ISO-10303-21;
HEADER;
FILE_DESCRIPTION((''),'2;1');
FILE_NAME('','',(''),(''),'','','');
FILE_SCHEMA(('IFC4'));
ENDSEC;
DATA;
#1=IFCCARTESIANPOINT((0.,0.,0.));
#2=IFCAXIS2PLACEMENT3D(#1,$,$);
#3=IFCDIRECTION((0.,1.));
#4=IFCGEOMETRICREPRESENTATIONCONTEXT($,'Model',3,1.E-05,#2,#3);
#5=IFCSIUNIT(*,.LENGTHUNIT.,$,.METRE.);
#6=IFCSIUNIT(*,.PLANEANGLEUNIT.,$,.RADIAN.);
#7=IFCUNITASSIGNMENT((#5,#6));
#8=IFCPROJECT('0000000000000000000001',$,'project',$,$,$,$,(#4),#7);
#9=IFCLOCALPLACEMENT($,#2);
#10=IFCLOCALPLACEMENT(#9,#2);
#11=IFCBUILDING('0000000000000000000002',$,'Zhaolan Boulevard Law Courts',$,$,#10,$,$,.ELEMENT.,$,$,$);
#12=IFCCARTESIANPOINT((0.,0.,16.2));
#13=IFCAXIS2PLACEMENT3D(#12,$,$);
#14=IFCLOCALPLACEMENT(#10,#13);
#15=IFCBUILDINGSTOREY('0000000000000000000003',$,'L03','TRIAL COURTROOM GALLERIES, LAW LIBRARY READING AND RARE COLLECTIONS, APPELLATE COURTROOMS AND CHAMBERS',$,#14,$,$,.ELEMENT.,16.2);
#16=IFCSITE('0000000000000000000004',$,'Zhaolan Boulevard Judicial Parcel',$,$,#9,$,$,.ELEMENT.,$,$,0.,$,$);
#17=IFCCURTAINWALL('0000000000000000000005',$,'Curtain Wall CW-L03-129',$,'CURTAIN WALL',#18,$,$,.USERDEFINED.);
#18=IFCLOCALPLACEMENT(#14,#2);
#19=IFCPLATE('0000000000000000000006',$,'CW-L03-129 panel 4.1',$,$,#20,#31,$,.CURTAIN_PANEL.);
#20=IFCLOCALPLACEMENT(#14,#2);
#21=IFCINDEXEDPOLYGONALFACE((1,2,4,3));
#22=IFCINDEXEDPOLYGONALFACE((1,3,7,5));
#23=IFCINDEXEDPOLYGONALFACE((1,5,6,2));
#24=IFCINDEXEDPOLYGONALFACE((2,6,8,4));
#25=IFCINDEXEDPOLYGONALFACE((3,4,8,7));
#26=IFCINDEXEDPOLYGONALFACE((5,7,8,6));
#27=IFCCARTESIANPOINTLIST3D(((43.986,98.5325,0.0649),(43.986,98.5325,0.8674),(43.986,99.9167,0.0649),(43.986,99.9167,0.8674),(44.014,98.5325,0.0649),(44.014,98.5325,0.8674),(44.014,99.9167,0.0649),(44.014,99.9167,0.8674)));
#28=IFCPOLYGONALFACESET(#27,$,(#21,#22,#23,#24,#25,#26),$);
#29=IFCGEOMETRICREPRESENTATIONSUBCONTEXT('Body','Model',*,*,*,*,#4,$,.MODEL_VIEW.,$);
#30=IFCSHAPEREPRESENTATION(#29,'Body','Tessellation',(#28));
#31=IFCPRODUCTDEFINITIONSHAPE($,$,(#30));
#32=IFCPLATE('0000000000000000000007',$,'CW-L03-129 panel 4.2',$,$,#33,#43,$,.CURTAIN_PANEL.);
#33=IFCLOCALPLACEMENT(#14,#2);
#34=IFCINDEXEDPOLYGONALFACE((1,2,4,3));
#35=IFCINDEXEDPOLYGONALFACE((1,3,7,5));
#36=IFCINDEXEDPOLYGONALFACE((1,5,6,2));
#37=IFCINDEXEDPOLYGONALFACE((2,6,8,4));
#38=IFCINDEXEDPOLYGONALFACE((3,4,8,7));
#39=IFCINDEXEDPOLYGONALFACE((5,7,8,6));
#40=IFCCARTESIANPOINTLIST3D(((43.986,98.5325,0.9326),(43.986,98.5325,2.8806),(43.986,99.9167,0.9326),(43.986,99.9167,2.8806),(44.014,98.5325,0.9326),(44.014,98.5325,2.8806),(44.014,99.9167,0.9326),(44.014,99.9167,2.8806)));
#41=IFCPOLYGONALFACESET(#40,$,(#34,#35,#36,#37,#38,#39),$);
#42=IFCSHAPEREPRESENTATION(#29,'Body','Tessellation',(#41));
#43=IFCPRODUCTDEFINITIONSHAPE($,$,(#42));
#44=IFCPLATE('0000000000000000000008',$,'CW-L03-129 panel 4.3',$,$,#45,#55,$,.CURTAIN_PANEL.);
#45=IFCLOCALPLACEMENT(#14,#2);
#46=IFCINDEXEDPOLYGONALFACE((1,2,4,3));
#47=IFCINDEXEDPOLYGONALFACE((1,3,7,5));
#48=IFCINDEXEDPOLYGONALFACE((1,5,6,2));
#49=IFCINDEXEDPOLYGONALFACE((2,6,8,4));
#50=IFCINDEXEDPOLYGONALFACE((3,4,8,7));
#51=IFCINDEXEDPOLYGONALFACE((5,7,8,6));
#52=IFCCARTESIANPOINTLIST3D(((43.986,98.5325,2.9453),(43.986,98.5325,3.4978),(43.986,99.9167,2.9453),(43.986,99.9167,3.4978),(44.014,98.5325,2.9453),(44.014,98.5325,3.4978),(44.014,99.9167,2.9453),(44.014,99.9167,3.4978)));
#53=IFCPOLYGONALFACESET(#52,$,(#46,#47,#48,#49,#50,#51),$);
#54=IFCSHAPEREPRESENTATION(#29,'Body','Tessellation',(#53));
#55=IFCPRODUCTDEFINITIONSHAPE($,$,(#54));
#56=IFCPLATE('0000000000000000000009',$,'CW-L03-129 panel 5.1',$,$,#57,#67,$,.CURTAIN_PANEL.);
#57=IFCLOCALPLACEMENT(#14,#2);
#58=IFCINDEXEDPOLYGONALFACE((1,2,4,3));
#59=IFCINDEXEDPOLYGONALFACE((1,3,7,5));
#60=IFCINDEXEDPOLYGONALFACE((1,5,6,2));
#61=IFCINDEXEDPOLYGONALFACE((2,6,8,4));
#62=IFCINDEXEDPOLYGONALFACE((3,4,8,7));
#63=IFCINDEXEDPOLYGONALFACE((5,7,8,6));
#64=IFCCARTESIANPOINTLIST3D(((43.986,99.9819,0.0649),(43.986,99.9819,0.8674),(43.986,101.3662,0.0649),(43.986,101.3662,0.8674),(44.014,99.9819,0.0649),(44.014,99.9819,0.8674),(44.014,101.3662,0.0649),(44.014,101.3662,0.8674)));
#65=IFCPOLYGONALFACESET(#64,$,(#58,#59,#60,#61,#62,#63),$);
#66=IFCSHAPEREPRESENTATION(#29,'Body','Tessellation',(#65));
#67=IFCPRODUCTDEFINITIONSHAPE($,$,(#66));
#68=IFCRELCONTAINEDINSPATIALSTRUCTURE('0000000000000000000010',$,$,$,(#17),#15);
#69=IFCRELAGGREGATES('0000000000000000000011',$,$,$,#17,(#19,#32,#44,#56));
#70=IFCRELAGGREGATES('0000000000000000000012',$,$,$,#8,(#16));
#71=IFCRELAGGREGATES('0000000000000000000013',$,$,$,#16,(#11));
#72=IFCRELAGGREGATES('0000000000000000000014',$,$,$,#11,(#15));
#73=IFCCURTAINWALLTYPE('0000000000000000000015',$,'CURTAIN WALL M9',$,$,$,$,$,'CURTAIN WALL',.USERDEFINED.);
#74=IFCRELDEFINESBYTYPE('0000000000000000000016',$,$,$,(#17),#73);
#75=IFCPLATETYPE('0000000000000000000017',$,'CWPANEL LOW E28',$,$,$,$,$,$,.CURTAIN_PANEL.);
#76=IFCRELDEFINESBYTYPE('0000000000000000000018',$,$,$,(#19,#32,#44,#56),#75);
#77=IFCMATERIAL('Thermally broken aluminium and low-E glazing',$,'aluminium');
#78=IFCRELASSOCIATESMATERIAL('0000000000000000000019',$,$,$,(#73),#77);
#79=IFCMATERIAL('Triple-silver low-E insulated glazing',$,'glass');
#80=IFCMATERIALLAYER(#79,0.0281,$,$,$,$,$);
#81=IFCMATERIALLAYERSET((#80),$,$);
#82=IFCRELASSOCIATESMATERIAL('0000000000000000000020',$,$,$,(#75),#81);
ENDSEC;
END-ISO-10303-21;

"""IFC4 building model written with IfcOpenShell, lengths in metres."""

from ifc_helpers import new_model, si_unit, direction, frame, origin, origin_2d, place, context, subcontext, project, spatial, rectangle, extrude, material, layer, layer_set, type_object, element, aggregate, save


model = new_model("IFC4")

# Units and contexts
model_context = context("Model", 3, precision=1e-05, world=origin(), true_north=direction((0.0, 1.0)))
body_context = subcontext(model_context, "Body", "Model", "MODEL_VIEW")
ifc_project = project(units=[si_unit("LENGTHUNIT", "METRE"), si_unit("PLANEANGLEUNIT", "RADIAN")], contexts=[model_context])

# Site, building, storey
site_placement = place(None, origin())
site = spatial("IfcSite", under=ifc_project, at=site_placement, Name="Zhaolan Boulevard Judicial Parcel", CompositionType="ELEMENT", RefElevation=0.0)
building_placement = place(site_placement, origin())
building = spatial("IfcBuilding", under=site, at=building_placement, Name="Zhaolan Boulevard Law Courts", CompositionType="ELEMENT")
storey_placement = place(building_placement, frame((0.0, 0.0, 16.2)))
storey = spatial("IfcBuildingStorey", under=building, at=storey_placement, Name="L03", Description="TRIAL COURTROOM GALLERIES, LAW LIBRARY READING AND RARE COLLECTIONS, APPELLATE COURTROOMS AND CHAMBERS", CompositionType="ELEMENT", Elevation=16.2)

# Curtain wall, plates
ifc_material_1 = material(Name="Thermally broken aluminium and low-E glazing", Category="aluminium")
curtain_wall_type = type_object("IfcCurtainWallType", Name="CURTAIN WALL M9", ElementType="CURTAIN WALL", PredefinedType="USERDEFINED", material=ifc_material_1)
curtain_wall_placement = place(storey_placement, origin())
curtain_wall = element("IfcCurtainWall", 1, at=curtain_wall_placement, inside=storey, type_object=curtain_wall_type, Name="Curtain Wall CW-L03-129", ObjectType="CURTAIN WALL", PredefinedType="USERDEFINED")
ifc_material_2 = material(Name="Triple-silver low-E insulated glazing", Category="glass")
ifc_layer = layer(ifc_material_2, 0.0281)
ifc_layer_set = layer_set([ifc_layer])
plate_type = type_object("IfcPlateType", Name="CWPANEL LOW E28", PredefinedType="CURTAIN_PANEL", material=ifc_layer_set)
plate_1_placement = place(storey_placement, frame((44.0, 99.2246, 0.0649), z_axis=(0.0, 0.0, 1.0), x_axis=(0.0, 1.0, 0.0)))
plate_1 = element("IfcPlate", 2, at=plate_1_placement, type_object=plate_type, Name="CW-L03-129 panel 4.1", PredefinedType="CURTAIN_PANEL", context=body_context, shape_type="SweptSolid", body=[
    extrude(rectangle(XDim=1.3843, YDim=0.0281, at=origin_2d()), origin(), (0.0, 0.0, 1.0), 0.8025),
])
plate_2_placement = place(storey_placement, frame((44.0, 99.2246, 0.9326), z_axis=(0.0, 0.0, 1.0), x_axis=(0.0, 1.0, 0.0)))
plate_2 = element("IfcPlate", 3, at=plate_2_placement, type_object=plate_type, Name="CW-L03-129 panel 4.2", PredefinedType="CURTAIN_PANEL", context=body_context, shape_type="SweptSolid", body=[
    extrude(rectangle(XDim=1.3843, YDim=0.0281, at=origin_2d()), origin(), (0.0, 0.0, 1.0), 1.948),
])
plate_3_placement = place(storey_placement, frame((44.0, 99.2246, 2.9453), z_axis=(0.0, 0.0, 1.0), x_axis=(0.0, 1.0, 0.0)))
plate_3 = element("IfcPlate", 4, at=plate_3_placement, type_object=plate_type, Name="CW-L03-129 panel 4.3", PredefinedType="CURTAIN_PANEL", context=body_context, shape_type="SweptSolid", body=[
    extrude(rectangle(XDim=1.3843, YDim=0.0281, at=origin_2d()), origin(), (0.0, 0.0, 1.0), 0.5525),
])
plate_4_placement = place(storey_placement, frame((44.0, 100.6741, 0.0649), z_axis=(0.0, 0.0, 1.0), x_axis=(0.0, 1.0, 0.0)))
plate_4 = element("IfcPlate", 5, at=plate_4_placement, type_object=plate_type, Name="CW-L03-129 panel 5.1", PredefinedType="CURTAIN_PANEL", context=body_context, shape_type="SweptSolid", body=[
    extrude(rectangle(XDim=1.3843, YDim=0.0281, at=origin_2d()), origin(), (0.0, 0.0, 1.0), 0.8025),
])
aggregate(curtain_wall, [plate_1, plate_2, plate_3, plate_4])

save(model, "model.ifc")
